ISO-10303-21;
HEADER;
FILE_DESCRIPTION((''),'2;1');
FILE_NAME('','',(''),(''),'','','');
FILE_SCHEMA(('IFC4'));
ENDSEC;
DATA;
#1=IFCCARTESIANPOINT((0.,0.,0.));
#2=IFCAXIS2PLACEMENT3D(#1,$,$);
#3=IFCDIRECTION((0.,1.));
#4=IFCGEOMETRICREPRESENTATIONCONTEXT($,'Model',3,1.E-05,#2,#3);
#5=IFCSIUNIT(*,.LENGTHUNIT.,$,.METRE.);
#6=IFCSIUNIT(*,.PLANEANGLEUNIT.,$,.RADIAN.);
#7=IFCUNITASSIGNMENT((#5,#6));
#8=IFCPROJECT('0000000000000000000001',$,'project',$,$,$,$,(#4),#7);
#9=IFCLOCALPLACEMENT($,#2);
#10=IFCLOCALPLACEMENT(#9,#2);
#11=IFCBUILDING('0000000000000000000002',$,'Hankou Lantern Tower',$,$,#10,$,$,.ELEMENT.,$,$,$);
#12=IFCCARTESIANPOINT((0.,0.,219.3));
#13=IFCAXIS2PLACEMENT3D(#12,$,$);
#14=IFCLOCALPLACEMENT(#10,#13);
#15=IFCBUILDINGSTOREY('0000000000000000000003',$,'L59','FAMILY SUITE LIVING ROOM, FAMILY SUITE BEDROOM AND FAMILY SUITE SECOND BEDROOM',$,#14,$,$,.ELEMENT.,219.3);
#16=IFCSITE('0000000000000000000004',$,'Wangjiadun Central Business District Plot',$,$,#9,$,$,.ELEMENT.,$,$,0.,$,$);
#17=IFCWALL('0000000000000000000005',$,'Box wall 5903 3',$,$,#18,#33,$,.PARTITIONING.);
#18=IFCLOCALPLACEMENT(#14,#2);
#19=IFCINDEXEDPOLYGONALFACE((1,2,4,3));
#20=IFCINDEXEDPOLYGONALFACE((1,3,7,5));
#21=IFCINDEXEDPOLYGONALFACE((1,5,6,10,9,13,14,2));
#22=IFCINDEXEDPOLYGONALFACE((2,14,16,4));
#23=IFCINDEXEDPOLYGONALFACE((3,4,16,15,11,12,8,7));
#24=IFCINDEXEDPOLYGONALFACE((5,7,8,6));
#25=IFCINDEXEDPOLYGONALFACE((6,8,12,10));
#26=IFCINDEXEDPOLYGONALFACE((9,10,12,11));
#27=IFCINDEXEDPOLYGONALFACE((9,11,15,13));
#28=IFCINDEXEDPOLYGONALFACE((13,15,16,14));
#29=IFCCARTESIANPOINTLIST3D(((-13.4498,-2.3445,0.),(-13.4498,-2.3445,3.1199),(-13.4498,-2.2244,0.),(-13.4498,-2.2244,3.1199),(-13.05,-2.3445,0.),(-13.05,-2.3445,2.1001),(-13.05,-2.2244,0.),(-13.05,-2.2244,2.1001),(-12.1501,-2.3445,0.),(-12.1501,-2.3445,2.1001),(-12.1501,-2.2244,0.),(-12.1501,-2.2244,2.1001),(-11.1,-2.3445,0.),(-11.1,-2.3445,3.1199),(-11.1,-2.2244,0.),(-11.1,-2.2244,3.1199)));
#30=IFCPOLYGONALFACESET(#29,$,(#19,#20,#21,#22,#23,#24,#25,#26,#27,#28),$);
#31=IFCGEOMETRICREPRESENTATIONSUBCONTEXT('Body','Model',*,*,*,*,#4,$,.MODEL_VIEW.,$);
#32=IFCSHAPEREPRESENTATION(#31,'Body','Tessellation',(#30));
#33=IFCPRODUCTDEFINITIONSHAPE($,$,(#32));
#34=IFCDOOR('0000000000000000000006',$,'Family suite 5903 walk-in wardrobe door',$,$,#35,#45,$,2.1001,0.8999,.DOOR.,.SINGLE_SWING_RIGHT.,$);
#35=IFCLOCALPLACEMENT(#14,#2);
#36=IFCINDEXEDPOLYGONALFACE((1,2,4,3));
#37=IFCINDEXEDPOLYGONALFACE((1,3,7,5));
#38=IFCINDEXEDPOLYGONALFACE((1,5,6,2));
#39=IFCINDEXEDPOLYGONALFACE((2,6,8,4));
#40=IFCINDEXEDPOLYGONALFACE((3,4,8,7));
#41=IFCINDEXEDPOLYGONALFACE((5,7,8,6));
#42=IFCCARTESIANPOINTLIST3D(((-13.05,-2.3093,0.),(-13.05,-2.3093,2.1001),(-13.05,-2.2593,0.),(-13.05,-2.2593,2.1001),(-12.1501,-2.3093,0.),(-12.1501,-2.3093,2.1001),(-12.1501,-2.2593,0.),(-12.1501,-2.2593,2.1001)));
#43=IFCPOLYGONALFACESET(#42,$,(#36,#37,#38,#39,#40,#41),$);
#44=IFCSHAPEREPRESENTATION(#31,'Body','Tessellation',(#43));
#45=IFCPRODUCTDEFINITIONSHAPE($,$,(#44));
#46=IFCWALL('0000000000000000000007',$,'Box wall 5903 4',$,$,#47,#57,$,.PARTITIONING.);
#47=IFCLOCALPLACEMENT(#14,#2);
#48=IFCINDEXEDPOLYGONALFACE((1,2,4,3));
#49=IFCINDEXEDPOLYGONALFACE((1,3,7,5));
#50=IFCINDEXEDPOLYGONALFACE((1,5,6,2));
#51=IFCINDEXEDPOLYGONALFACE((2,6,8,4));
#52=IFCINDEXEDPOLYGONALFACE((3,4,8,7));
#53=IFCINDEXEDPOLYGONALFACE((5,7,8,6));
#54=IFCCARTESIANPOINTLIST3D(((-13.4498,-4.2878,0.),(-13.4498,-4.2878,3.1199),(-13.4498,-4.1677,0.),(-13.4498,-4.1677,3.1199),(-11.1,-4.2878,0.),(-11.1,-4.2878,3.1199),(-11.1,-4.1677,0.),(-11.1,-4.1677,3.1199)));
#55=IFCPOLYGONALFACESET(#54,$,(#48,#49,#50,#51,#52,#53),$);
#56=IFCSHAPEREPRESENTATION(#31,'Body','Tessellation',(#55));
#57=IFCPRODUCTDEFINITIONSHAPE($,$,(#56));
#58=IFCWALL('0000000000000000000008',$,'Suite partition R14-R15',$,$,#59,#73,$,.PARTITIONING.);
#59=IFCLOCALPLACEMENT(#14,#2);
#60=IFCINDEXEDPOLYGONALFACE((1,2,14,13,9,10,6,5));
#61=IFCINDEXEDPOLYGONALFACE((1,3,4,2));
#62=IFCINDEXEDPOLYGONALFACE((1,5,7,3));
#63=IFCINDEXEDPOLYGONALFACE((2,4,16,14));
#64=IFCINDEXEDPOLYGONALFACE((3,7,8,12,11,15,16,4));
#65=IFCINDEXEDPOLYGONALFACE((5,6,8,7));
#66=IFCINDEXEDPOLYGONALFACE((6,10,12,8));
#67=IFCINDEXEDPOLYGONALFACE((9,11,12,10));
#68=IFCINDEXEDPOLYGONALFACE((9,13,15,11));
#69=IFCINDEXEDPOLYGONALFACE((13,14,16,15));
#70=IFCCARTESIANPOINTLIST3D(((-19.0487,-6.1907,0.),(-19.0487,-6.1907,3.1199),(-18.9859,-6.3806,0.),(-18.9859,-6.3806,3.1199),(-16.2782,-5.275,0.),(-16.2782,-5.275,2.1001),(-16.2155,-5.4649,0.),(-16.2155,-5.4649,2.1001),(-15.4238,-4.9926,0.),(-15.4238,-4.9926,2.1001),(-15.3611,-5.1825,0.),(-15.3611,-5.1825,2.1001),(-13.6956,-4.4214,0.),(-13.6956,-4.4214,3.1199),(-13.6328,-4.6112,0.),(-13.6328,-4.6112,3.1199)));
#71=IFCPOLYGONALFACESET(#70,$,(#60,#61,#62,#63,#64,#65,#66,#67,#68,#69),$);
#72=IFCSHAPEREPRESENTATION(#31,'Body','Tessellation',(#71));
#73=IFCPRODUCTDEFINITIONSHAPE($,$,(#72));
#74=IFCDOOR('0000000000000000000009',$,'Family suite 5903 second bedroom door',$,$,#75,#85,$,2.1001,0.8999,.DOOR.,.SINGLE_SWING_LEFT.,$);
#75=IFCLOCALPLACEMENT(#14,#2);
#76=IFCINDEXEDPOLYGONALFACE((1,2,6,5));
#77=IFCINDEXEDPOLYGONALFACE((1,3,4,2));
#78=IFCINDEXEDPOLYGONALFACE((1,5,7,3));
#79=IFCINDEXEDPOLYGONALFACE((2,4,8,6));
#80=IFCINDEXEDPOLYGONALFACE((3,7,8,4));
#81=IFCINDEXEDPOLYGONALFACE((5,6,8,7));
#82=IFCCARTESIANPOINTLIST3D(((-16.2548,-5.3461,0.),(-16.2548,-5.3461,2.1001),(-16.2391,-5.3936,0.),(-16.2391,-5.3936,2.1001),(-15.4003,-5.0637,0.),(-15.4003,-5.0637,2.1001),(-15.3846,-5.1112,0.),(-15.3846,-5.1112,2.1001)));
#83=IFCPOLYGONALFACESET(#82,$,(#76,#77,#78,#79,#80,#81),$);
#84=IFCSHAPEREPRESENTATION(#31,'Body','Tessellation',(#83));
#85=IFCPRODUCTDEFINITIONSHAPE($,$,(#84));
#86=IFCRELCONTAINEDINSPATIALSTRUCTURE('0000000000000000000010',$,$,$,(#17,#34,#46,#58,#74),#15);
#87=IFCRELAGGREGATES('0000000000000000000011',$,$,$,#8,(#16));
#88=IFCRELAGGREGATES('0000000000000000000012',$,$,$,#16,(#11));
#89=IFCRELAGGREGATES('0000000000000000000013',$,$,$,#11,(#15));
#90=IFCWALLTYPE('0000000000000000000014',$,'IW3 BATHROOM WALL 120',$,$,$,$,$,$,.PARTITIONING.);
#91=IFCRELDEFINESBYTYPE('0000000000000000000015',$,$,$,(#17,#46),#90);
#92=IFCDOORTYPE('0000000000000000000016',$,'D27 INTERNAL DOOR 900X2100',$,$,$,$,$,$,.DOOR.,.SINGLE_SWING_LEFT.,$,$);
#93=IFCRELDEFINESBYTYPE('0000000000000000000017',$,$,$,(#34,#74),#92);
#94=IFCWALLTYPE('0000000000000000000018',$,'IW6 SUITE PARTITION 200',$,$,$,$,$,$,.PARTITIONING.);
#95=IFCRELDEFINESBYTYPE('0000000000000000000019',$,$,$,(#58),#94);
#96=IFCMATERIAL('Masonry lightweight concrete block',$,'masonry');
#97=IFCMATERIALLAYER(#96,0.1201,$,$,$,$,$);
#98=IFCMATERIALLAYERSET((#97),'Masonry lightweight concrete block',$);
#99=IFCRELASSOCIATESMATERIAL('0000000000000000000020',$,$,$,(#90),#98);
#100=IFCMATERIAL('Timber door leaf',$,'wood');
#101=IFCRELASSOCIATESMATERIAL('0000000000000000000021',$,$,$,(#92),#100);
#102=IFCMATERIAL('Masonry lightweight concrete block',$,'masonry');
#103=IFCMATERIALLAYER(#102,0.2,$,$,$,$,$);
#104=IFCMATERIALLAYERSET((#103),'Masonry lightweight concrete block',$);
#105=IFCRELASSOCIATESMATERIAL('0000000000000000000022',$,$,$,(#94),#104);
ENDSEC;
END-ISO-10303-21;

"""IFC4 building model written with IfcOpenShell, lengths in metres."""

from ifc_helpers import new_model, si_unit, direction, frame, frame_2d, origin, place, context, subcontext, project, spatial, rectangle, extrude, material, layer, layer_set, type_object, element, fill, save


model = new_model("IFC4")

# Units and contexts
model_context = context("Model", 3, precision=1e-05, world=origin(), true_north=direction((0.0, 1.0)))
body_context = subcontext(model_context, "Body", "Model", "MODEL_VIEW")
ifc_project = project(units=[si_unit("LENGTHUNIT", "METRE"), si_unit("PLANEANGLEUNIT", "RADIAN")], contexts=[model_context])

# Site, building, storey
site_placement = place(None, origin())
site = spatial("IfcSite", under=ifc_project, at=site_placement, Name="Wangjiadun Central Business District Plot", CompositionType="ELEMENT", RefElevation=0.0)
building_placement = place(site_placement, origin())
building = spatial("IfcBuilding", under=site, at=building_placement, Name="Hankou Lantern Tower", CompositionType="ELEMENT")
storey_placement = place(building_placement, frame((0.0, 0.0, 219.3)))
storey = spatial("IfcBuildingStorey", under=building, at=storey_placement, Name="L59", Description="FAMILY SUITE LIVING ROOM, FAMILY SUITE BEDROOM AND FAMILY SUITE SECOND BEDROOM", CompositionType="ELEMENT", Elevation=219.3)

# Wall, opening, door
ifc_material_1 = material(Name="Masonry lightweight concrete block", Category="masonry")
ifc_layer_1 = layer(ifc_material_1, 0.1201)
ifc_layer_set_1 = layer_set([ifc_layer_1], Name="Masonry lightweight concrete block")
wall_type_1 = type_object("IfcWallType", Name="IW3 BATHROOM WALL 120", PredefinedType="PARTITIONING", material=ifc_layer_set_1)
wall_1_placement = place(storey_placement, frame((-11.1001, -2.2844, 0.0), z_axis=(0.0, 0.0, 1.0), x_axis=(-1.0, 0.0, 0.0)))
wall_1 = element("IfcWall", 1, at=wall_1_placement, inside=storey, type_object=wall_type_1, Name="Box wall 5903 3", PredefinedType="PARTITIONING", context=body_context, shape_type="SweptSolid", body=[
    extrude(rectangle(XDim=2.3499, YDim=0.1201, at=frame_2d((1.1748, 0.0))), origin(), (0.0, 0.0, 1.0), 3.1199),
])
opening_1_placement = place(wall_1_placement, frame((1.05, 0.0, 0.0)))
opening_1 = element("IfcOpeningElement", 2, at=opening_1_placement, cuts=wall_1, PredefinedType="OPENING", context=body_context, shape_type="SweptSolid", body=[
    extrude(rectangle(XDim=0.8999, YDim=2.1001, at=frame_2d((0.45, 1.05))), frame((0.0, 0.0701, 0.0), z_axis=(0.0, -1.0, 0.0), x_axis=(1.0, 0.0, 0.0)), (0.0, 0.0, 1.0), 0.1401),
])
ifc_material_2 = material(Name="Timber door leaf", Category="wood")
door_type_1 = type_object("IfcDoorType", Name="D27 INTERNAL DOOR 900X2100", OperationType="SINGLE_SWING_LEFT", PredefinedType="DOOR", material=ifc_material_2)
door_1_placement = place(opening_1_placement, origin())
door_1 = element("IfcDoor", 3, at=door_1_placement, inside=storey, type_object=door_type_1, Name="Family suite 5903 walk-in wardrobe door", OperationType="SINGLE_SWING_RIGHT", OverallHeight=2.1001, OverallWidth=0.8999, PredefinedType="DOOR", context=body_context, shape_type="SweptSolid", body=[
    extrude(rectangle(XDim=0.8999, YDim=2.1001, at=frame_2d((0.45, 1.05))), frame((0.0, 0.0249, 0.0), z_axis=(0.0, -1.0, 0.0), x_axis=(1.0, 0.0, 0.0)), (0.0, 0.0, 1.0), 0.05),
])
fill(opening_1, door_1)

# Wall
wall_2_placement = place(storey_placement, frame((-11.1001, -4.2278, 0.0), z_axis=(0.0, 0.0, 1.0), x_axis=(-1.0, 0.0, 0.0)))
element("IfcWall", 4, at=wall_2_placement, inside=storey, type_object=wall_type_1, Name="Box wall 5903 4", PredefinedType="PARTITIONING", context=body_context, shape_type="SweptSolid", body=[
    extrude(rectangle(XDim=2.3499, YDim=0.1201, at=frame_2d((1.1748, 0.0))), origin(), (0.0, 0.0, 1.0), 3.1199),
])

# Wall, opening, door
ifc_material_3 = material(Name="Masonry lightweight concrete block", Category="masonry")
ifc_layer_2 = layer(ifc_material_3, 0.2)
ifc_layer_set_2 = layer_set([ifc_layer_2], Name="Masonry lightweight concrete block")
wall_type_2 = type_object("IfcWallType", Name="IW6 SUITE PARTITION 200", PredefinedType="PARTITIONING", material=ifc_layer_set_2)
wall_3_placement = place(storey_placement, frame((-13.6643, -4.5164, 0.0), z_axis=(0.0, 0.0, 1.0), x_axis=(-0.949481, -0.313823, 0.0)))
wall_3 = element("IfcWall", 5, at=wall_3_placement, inside=storey, type_object=wall_type_2, Name="Suite partition R14-R15", PredefinedType="PARTITIONING", context=body_context, shape_type="SweptSolid", body=[
    extrude(rectangle(XDim=5.6379, YDim=0.2, at=frame_2d((2.8188, 0.0))), origin(), (0.0, 0.0, 1.0), 3.1199),
])
opening_2_placement = place(wall_3_placement, frame((1.8201, 0.0, 0.0)))
opening_2 = element("IfcOpeningElement", 6, at=opening_2_placement, cuts=wall_3, PredefinedType="OPENING", context=body_context, shape_type="SweptSolid", body=[
    extrude(rectangle(XDim=0.8999, YDim=2.1001, at=frame_2d((0.45, 1.05))), frame((0.0, 0.1099, 0.0), z_axis=(0.0, -1.0, 0.0), x_axis=(1.0, 0.0, 0.0)), (0.0, 0.0, 1.0), 0.22),
])
door_2_placement = place(opening_2_placement, origin())
door_2 = element("IfcDoor", 7, at=door_2_placement, inside=storey, type_object=door_type_1, Name="Family suite 5903 second bedroom door", OperationType="SINGLE_SWING_LEFT", OverallHeight=2.1001, OverallWidth=0.8999, PredefinedType="DOOR", context=body_context, shape_type="SweptSolid", body=[
    extrude(rectangle(XDim=0.8999, YDim=2.1001, at=frame_2d((0.45, 1.05))), frame((0.0, 0.0249, 0.0), z_axis=(0.0, -1.0, 0.0), x_axis=(1.0, 0.0, 0.0)), (0.0, 0.0, 1.0), 0.05),
])
fill(opening_2, door_2)

save(model, "model.ifc")
